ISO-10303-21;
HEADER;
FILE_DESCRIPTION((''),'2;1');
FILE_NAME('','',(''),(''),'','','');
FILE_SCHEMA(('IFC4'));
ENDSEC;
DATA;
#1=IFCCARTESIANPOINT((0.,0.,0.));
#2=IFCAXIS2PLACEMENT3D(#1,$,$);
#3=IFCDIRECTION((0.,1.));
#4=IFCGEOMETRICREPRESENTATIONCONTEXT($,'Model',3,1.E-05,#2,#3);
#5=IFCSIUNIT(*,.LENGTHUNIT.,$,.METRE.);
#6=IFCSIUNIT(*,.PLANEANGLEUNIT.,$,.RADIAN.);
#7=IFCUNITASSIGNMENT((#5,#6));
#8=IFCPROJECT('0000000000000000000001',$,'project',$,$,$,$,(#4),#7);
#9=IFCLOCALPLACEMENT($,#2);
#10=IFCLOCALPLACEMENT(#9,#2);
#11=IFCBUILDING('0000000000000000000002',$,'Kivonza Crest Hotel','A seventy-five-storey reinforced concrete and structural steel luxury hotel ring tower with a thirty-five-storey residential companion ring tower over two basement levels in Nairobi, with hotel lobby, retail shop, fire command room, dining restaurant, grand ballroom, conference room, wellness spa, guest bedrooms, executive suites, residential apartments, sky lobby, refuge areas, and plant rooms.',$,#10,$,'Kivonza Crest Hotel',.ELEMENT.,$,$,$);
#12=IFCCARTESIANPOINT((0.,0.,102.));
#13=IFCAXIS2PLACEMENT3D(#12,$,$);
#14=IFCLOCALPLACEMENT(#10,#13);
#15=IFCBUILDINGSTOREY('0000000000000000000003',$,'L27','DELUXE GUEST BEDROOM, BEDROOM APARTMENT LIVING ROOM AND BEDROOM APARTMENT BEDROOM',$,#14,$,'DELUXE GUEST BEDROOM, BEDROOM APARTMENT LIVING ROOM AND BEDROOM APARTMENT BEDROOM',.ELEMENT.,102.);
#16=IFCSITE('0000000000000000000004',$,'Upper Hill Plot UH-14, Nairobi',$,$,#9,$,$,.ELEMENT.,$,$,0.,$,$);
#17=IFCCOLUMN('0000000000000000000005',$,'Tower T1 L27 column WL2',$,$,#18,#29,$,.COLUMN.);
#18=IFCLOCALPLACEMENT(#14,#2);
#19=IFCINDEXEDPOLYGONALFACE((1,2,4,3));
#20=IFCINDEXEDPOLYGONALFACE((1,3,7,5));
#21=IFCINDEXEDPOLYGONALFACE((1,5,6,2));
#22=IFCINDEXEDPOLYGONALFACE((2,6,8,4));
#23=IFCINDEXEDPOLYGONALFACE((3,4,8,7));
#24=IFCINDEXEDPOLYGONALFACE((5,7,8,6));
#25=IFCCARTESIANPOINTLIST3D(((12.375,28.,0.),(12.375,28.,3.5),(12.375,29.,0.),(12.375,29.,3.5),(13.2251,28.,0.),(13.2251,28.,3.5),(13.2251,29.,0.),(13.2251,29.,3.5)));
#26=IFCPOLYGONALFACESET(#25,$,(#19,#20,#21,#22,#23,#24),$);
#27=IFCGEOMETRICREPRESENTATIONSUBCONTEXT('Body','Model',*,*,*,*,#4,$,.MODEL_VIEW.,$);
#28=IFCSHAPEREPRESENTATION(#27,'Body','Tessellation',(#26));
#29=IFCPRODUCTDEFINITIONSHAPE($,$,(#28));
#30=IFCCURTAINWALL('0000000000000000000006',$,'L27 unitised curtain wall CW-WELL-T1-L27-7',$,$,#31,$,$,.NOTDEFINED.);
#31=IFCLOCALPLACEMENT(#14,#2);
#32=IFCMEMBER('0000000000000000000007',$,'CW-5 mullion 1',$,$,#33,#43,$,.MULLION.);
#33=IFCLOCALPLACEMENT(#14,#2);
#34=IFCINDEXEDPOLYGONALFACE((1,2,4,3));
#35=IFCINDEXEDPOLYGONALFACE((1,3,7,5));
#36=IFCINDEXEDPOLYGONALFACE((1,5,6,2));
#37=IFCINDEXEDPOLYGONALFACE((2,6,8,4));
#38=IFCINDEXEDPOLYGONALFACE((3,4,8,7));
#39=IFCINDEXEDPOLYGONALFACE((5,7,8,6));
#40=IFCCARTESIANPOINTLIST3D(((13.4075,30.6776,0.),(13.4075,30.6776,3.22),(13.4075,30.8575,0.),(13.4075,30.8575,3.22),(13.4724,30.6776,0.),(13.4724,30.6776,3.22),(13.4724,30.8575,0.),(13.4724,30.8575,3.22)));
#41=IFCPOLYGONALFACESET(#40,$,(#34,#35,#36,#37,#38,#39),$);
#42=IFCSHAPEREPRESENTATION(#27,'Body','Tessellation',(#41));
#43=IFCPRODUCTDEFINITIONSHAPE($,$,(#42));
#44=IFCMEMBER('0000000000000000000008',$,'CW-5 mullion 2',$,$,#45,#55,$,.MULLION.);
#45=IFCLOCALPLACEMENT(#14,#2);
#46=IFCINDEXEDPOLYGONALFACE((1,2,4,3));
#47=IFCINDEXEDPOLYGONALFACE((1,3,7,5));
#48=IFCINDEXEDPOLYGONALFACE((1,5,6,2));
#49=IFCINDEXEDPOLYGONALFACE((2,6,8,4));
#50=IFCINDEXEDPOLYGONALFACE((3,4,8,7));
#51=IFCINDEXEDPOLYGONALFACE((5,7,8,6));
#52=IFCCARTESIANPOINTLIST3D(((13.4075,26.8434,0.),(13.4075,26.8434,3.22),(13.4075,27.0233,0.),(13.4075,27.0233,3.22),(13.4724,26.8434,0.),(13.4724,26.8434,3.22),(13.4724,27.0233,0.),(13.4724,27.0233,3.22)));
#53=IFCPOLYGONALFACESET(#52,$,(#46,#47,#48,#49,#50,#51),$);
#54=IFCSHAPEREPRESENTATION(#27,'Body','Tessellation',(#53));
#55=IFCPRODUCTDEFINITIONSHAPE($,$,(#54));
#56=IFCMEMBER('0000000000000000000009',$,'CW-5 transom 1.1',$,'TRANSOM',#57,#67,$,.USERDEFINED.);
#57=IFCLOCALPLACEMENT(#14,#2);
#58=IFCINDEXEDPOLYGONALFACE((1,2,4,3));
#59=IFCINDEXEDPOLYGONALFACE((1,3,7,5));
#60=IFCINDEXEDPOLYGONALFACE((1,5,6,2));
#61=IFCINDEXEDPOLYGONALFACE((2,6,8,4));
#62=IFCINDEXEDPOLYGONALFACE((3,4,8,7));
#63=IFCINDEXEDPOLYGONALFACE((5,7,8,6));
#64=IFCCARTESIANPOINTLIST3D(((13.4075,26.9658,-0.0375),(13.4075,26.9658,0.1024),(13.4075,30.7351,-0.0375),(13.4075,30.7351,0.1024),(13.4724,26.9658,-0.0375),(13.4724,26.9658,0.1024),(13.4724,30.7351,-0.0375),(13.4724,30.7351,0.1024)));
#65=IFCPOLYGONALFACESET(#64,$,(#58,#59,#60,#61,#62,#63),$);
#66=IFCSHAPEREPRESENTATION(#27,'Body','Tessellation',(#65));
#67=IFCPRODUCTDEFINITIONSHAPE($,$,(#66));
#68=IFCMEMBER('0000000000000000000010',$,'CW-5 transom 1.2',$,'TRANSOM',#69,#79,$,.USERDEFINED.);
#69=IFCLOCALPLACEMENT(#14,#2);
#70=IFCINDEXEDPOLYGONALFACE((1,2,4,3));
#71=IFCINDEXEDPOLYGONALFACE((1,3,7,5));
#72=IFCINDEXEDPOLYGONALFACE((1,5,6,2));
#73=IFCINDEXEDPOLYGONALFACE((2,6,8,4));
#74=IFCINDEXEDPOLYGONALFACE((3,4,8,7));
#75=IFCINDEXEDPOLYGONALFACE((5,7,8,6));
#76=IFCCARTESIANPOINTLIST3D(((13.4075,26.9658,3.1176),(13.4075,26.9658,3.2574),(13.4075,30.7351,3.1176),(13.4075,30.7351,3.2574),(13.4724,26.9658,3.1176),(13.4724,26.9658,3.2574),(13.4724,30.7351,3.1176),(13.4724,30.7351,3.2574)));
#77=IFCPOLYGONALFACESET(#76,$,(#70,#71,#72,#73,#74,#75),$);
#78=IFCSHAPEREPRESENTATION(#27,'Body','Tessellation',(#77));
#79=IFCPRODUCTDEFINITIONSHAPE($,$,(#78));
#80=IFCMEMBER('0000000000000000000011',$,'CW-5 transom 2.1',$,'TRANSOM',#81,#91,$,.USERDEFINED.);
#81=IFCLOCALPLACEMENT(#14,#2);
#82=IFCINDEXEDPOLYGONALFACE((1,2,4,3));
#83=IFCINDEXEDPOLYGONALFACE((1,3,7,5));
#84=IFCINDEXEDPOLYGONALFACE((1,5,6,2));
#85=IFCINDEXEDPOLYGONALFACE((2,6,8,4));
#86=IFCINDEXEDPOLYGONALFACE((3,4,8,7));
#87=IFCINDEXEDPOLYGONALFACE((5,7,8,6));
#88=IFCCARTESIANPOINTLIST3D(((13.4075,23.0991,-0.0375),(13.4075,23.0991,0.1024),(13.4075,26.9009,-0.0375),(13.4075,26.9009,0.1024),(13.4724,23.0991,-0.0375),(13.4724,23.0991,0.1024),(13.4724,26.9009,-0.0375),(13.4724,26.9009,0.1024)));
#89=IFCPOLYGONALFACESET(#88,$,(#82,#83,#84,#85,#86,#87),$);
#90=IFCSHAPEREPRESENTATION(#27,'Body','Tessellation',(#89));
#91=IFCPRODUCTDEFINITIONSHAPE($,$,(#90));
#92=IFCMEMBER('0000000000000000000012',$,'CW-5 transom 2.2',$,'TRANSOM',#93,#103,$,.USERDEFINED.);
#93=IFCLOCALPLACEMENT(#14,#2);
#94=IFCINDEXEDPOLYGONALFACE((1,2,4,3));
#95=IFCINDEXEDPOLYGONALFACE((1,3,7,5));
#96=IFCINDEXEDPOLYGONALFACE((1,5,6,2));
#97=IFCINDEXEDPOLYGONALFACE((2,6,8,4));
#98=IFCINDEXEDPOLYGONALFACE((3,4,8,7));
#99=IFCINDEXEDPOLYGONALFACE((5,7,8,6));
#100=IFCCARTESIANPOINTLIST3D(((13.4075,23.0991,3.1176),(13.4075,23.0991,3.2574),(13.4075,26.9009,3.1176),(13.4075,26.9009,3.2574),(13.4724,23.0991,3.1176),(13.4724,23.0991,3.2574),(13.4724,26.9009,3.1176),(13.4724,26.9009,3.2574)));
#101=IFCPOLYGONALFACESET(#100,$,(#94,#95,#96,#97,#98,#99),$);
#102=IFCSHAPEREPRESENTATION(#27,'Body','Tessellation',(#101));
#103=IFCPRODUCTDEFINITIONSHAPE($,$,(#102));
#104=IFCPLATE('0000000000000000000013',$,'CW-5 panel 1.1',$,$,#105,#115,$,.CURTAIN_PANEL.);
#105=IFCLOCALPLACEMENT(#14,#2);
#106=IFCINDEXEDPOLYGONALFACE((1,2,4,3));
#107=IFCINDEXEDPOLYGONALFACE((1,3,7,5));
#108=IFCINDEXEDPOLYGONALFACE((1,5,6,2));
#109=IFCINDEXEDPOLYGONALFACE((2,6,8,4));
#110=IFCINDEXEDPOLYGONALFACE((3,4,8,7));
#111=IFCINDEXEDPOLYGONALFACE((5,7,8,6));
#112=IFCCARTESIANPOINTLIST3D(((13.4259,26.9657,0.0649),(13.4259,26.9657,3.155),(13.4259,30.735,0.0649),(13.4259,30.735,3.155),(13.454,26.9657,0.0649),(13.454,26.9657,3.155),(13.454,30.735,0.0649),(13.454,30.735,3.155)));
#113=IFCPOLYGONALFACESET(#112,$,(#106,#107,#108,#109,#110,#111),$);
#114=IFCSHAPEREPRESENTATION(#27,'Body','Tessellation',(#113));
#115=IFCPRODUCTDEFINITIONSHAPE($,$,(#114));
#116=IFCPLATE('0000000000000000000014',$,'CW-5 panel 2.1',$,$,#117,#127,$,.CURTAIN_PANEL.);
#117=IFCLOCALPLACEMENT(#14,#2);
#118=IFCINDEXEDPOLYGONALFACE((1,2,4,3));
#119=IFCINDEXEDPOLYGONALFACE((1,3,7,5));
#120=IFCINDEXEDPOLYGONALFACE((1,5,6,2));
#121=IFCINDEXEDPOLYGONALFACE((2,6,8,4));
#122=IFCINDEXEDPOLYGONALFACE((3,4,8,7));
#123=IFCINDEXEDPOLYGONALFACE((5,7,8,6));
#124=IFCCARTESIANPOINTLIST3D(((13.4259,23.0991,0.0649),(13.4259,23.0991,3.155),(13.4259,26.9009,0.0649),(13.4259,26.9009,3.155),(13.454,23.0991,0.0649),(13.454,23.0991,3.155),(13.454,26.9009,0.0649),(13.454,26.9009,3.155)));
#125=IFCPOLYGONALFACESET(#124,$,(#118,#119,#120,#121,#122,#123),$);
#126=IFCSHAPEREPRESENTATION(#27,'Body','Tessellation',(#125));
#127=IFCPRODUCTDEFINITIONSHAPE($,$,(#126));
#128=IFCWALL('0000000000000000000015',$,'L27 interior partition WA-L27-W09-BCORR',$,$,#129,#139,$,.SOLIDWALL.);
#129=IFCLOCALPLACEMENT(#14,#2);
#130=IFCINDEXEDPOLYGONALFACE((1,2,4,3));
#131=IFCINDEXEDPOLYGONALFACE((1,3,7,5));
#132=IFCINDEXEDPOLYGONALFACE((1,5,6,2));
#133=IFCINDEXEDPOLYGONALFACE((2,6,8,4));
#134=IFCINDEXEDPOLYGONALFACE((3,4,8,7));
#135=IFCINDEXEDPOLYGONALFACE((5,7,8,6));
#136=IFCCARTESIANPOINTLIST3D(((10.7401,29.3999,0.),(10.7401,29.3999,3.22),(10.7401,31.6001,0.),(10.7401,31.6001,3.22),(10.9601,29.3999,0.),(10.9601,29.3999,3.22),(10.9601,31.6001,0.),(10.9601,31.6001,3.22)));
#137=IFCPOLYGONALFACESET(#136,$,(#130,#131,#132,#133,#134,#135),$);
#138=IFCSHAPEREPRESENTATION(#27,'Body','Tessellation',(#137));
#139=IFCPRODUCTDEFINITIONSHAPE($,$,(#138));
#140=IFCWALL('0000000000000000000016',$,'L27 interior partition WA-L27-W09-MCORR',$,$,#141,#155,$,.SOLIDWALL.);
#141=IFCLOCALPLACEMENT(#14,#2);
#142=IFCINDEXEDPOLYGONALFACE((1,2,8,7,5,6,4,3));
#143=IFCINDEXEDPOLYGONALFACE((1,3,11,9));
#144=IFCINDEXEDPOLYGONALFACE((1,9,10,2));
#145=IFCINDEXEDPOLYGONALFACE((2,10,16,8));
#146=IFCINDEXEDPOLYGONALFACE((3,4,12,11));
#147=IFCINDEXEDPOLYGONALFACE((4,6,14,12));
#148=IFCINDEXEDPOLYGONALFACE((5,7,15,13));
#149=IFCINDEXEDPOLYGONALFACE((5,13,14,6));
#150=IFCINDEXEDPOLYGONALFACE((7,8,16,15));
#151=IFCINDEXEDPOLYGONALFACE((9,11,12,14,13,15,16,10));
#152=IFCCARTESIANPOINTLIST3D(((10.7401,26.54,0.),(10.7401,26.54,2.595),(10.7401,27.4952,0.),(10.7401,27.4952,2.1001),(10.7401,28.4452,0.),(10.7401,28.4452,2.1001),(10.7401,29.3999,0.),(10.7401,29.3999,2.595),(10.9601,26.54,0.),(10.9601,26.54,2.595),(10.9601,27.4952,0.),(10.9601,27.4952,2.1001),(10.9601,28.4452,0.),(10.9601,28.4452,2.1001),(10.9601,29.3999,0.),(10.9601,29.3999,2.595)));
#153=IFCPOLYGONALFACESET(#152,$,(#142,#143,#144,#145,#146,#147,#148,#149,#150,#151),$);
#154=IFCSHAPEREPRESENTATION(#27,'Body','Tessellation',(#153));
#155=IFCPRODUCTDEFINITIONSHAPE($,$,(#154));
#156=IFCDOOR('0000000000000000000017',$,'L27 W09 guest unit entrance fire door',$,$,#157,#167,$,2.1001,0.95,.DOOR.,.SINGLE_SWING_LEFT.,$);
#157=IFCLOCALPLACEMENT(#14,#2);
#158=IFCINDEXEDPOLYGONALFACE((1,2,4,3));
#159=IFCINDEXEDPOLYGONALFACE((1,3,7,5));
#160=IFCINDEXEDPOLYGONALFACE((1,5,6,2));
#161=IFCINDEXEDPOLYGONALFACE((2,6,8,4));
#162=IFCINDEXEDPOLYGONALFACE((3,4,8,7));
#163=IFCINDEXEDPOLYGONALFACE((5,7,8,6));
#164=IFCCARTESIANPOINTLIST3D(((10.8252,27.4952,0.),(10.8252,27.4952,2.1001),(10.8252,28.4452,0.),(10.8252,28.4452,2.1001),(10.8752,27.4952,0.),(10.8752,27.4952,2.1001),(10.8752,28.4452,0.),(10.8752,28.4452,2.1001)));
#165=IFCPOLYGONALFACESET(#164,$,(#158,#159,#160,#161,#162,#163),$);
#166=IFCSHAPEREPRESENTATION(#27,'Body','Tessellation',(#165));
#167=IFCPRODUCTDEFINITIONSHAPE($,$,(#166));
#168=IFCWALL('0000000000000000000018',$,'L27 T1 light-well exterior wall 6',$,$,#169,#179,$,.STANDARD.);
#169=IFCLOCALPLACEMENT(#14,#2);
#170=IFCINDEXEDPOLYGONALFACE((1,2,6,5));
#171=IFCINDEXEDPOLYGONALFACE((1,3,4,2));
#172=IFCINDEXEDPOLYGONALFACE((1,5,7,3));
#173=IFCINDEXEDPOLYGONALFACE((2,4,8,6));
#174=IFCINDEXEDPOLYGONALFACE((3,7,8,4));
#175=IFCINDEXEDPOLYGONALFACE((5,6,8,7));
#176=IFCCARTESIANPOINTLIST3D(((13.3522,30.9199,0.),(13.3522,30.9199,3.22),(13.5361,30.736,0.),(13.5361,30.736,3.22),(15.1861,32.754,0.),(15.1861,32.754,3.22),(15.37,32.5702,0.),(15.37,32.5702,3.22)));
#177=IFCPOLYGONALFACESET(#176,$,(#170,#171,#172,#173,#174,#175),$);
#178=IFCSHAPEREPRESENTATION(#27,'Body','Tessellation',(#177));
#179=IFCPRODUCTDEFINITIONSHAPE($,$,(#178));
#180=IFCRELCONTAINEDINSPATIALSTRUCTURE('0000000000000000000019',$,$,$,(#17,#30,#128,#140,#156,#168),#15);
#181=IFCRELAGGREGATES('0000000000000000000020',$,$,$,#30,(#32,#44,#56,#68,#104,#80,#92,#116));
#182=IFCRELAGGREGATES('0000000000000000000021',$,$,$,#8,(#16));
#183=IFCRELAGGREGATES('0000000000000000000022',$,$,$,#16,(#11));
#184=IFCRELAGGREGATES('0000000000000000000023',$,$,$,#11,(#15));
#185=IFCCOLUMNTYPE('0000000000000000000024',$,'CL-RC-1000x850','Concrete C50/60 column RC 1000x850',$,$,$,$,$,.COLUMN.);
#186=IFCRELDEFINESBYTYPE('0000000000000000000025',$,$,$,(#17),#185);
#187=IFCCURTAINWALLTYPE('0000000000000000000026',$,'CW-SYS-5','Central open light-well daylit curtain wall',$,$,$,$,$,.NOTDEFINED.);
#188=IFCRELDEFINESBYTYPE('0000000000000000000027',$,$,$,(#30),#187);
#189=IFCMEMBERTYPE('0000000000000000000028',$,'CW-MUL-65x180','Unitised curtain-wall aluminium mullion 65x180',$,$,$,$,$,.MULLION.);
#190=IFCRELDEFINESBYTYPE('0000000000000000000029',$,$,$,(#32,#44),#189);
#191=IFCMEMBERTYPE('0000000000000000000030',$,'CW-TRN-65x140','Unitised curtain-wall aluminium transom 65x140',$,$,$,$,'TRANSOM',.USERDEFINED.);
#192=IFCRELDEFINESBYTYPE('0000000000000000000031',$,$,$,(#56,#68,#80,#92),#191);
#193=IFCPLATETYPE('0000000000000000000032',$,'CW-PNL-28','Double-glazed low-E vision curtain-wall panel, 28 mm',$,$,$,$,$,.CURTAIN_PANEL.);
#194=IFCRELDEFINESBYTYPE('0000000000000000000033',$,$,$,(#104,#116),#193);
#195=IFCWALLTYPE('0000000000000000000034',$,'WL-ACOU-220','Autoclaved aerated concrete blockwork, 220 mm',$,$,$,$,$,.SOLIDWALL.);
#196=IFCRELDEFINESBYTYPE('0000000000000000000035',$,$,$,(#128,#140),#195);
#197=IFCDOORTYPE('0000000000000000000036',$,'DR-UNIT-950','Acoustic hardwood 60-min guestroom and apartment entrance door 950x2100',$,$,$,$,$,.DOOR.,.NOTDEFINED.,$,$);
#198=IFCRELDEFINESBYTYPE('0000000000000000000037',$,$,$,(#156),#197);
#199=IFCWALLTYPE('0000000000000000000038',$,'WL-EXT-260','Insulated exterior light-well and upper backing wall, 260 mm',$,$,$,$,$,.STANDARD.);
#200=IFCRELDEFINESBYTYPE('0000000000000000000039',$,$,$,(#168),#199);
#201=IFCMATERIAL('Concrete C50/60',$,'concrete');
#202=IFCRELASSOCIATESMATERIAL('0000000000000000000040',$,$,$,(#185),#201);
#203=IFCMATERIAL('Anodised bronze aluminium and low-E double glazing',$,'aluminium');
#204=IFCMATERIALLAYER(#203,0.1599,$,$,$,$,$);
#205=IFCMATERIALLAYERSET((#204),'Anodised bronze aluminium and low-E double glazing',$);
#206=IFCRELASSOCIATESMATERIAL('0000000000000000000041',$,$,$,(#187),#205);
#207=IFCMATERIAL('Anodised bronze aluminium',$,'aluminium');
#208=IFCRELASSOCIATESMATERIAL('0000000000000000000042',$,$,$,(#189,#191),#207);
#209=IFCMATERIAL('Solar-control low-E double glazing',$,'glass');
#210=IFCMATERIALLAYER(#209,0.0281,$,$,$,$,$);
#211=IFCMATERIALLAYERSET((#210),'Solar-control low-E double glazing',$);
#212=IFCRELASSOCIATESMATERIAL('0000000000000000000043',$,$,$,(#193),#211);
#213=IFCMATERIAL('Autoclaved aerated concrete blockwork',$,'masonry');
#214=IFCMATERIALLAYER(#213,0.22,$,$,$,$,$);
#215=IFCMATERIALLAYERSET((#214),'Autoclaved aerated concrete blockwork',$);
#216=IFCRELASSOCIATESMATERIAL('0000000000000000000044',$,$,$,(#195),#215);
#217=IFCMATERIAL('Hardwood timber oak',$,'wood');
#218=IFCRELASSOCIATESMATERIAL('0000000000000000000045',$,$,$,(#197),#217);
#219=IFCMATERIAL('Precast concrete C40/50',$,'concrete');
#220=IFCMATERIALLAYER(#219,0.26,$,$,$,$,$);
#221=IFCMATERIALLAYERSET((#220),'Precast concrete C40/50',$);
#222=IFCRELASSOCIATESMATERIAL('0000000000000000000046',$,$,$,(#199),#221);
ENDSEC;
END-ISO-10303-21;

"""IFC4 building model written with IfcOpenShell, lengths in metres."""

from ifc_helpers import new_model, si_unit, direction, frame, frame_2d, origin, origin_2d, place, context, subcontext, project, spatial, rectangle, extrude, material, layer, layer_set, material_profile, profile_set, type_object, element, fill, aggregate, save


model = new_model("IFC4")

# Units and contexts
model_context = context("Model", 3, precision=1e-05, world=origin(), true_north=direction((0.0, 1.0)))
body_context = subcontext(model_context, "Body", "Model", "MODEL_VIEW")
ifc_project = project(units=[si_unit("LENGTHUNIT", "METRE"), si_unit("PLANEANGLEUNIT", "RADIAN")], contexts=[model_context])

# Site, building, storey
site_placement = place(None, origin())
site = spatial("IfcSite", under=ifc_project, at=site_placement, Name="Upper Hill Plot UH-14, Nairobi", CompositionType="ELEMENT", RefElevation=0.0)
building_placement = place(site_placement, origin())
building = spatial("IfcBuilding", under=site, at=building_placement, Name="Kivonza Crest Hotel", Description="A seventy-five-storey reinforced concrete and structural steel luxury hotel ring tower with a thirty-five-storey residential companion ring tower over two basement levels in Nairobi, with hotel lobby, retail shop, fire command room, dining restaurant, grand ballroom, conference room, wellness spa, guest bedrooms, executive suites, residential apartments, sky lobby, refuge areas, and plant rooms.", LongName="Kivonza Crest Hotel", CompositionType="ELEMENT")
storey_placement = place(building_placement, frame((0.0, 0.0, 102.0)))
storey = spatial("IfcBuildingStorey", under=building, at=storey_placement, Name="L27", Description="DELUXE GUEST BEDROOM, BEDROOM APARTMENT LIVING ROOM AND BEDROOM APARTMENT BEDROOM", LongName="DELUXE GUEST BEDROOM, BEDROOM APARTMENT LIVING ROOM AND BEDROOM APARTMENT BEDROOM", CompositionType="ELEMENT", Elevation=102.0)

# Column
ifc_material_1 = material(Name="Concrete C50/60", Category="concrete")
ifc_material_profile_1 = material_profile(ifc_material_1, rectangle(XDim=0.8501, YDim=1.0, at=origin_2d()), Name="RC 1000x850")
ifc_profile_set_1 = profile_set([ifc_material_profile_1], Name="Concrete C50/60")
column_type = type_object("IfcColumnType", Name="CL-RC-1000x850", Description="Concrete C50/60 column RC 1000x850", PredefinedType="COLUMN", material=ifc_profile_set_1)
column_placement = place(storey_placement, frame((12.8, 28.5, 0.0), z_axis=(0.0, 0.0, 1.0), x_axis=(1.0, 0.0, 0.0)))
element("IfcColumn", 1, at=column_placement, inside=storey, type_object=column_type, Name="Tower T1 L27 column WL2", PredefinedType="COLUMN", context=body_context, shape_type="SweptSolid", body=[
    extrude(rectangle(XDim=0.8501, YDim=1.0, at=origin_2d()), origin(), (0.0, 0.0, 1.0), 3.5),
])

# Curtain wall, members, plates
ifc_material_2 = material(Name="Anodised bronze aluminium and low-E double glazing", Category="aluminium")
ifc_layer_1 = layer(ifc_material_2, 0.1599)
ifc_layer_set_1 = layer_set([ifc_layer_1], Name="Anodised bronze aluminium and low-E double glazing")
curtain_wall_type = type_object("IfcCurtainWallType", Name="CW-SYS-5", Description="Central open light-well daylit curtain wall", PredefinedType="NOTDEFINED", material=ifc_layer_set_1)
curtain_wall_placement = place(storey_placement, origin())
curtain_wall = element("IfcCurtainWall", 2, at=curtain_wall_placement, inside=storey, type_object=curtain_wall_type, Name="L27 unitised curtain wall CW-WELL-T1-L27-7", PredefinedType="NOTDEFINED")
ifc_material_3 = material(Name="Anodised bronze aluminium", Category="aluminium")
ifc_material_profile_2 = material_profile(ifc_material_3, rectangle(XDim=0.0649, YDim=0.1799, at=origin_2d()), Name="CW-M 65x180")
ifc_profile_set_2 = profile_set([ifc_material_profile_2], Name="Anodised bronze aluminium")
member_type_1 = type_object("IfcMemberType", Name="CW-MUL-65x180", Description="Unitised curtain-wall aluminium mullion 65x180", PredefinedType="MULLION", material=ifc_profile_set_2)
member_1_placement = place(storey_placement, frame((13.4399, 30.7676, 0.0), z_axis=(0.0, 0.0, 1.0), x_axis=(1.0, 0.0, 0.0)))
member_1 = element("IfcMember", 3, at=member_1_placement, type_object=member_type_1, Name="CW-5 mullion 1", PredefinedType="MULLION", context=body_context, shape_type="SweptSolid", body=[
    extrude(rectangle(XDim=0.0649, YDim=0.1799, at=origin_2d()), origin(), (0.0, 0.0, 1.0), 3.22),
])
member_2_placement = place(storey_placement, frame((13.4399, 26.9333, 0.0), z_axis=(0.0, 0.0, 1.0), x_axis=(1.0, 0.0, 0.0)))
member_2 = element("IfcMember", 4, at=member_2_placement, type_object=member_type_1, Name="CW-5 mullion 2", PredefinedType="MULLION", context=body_context, shape_type="SweptSolid", body=[
    extrude(rectangle(XDim=0.0649, YDim=0.1799, at=origin_2d()), origin(), (0.0, 0.0, 1.0), 3.22),
])
ifc_material_profile_3 = material_profile(ifc_material_3, rectangle(XDim=0.0649, YDim=0.1399, at=origin_2d()), Name="CW-T 65x140")
ifc_profile_set_3 = profile_set([ifc_material_profile_3], Name="Anodised bronze aluminium")
member_type_2 = type_object("IfcMemberType", Name="CW-TRN-65x140", Description="Unitised curtain-wall aluminium transom 65x140", ElementType="TRANSOM", PredefinedType="USERDEFINED", material=ifc_profile_set_3)
member_3_placement = place(storey_placement, frame((13.4399, 30.7351, 0.0325), z_axis=(0.0, -1.0, 0.0), x_axis=(1.0, 0.0, 0.0)))
member_3 = element("IfcMember", 5, at=member_3_placement, type_object=member_type_2, Name="CW-5 transom 1.1", ObjectType="TRANSOM", PredefinedType="USERDEFINED", context=body_context, shape_type="SweptSolid", body=[
    extrude(rectangle(XDim=0.0649, YDim=0.1399, at=origin_2d()), origin(), (0.0, 0.0, 1.0), 3.7693),
])
member_4_placement = place(storey_placement, frame((13.4399, 30.7351, 3.1875), z_axis=(0.0, -1.0, 0.0), x_axis=(1.0, 0.0, 0.0)))
member_4 = element("IfcMember", 6, at=member_4_placement, type_object=member_type_2, Name="CW-5 transom 1.2", ObjectType="TRANSOM", PredefinedType="USERDEFINED", context=body_context, shape_type="SweptSolid", body=[
    extrude(rectangle(XDim=0.0649, YDim=0.1399, at=origin_2d()), origin(), (0.0, 0.0, 1.0), 3.7693),
])
member_5_placement = place(storey_placement, frame((13.4399, 26.9009, 0.0325), z_axis=(0.0, -1.0, 0.0), x_axis=(1.0, 0.0, 0.0)))
member_5 = element("IfcMember", 7, at=member_5_placement, type_object=member_type_2, Name="CW-5 transom 2.1", ObjectType="TRANSOM", PredefinedType="USERDEFINED", context=body_context, shape_type="SweptSolid", body=[
    extrude(rectangle(XDim=0.0649, YDim=0.1399, at=origin_2d()), origin(), (0.0, 0.0, 1.0), 3.8018),
])
member_6_placement = place(storey_placement, frame((13.4399, 26.9009, 3.1875), z_axis=(0.0, -1.0, 0.0), x_axis=(1.0, 0.0, 0.0)))
member_6 = element("IfcMember", 8, at=member_6_placement, type_object=member_type_2, Name="CW-5 transom 2.2", ObjectType="TRANSOM", PredefinedType="USERDEFINED", context=body_context, shape_type="SweptSolid", body=[
    extrude(rectangle(XDim=0.0649, YDim=0.1399, at=origin_2d()), origin(), (0.0, 0.0, 1.0), 3.8018),
])
ifc_material_4 = material(Name="Solar-control low-E double glazing", Category="glass")
ifc_layer_2 = layer(ifc_material_4, 0.0281)
ifc_layer_set_2 = layer_set([ifc_layer_2], Name="Solar-control low-E double glazing")
plate_type = type_object("IfcPlateType", Name="CW-PNL-28", Description="Double-glazed low-E vision curtain-wall panel, 28 mm", PredefinedType="CURTAIN_PANEL", material=ifc_layer_set_2)
plate_1_placement = place(storey_placement, frame((13.4399, 28.8503, 0.0649), z_axis=(0.0, 0.0, 1.0), x_axis=(0.0, -1.0, 0.0)))
plate_1 = element("IfcPlate", 9, at=plate_1_placement, type_object=plate_type, Name="CW-5 panel 1.1", PredefinedType="CURTAIN_PANEL", context=body_context, shape_type="SweptSolid", body=[
    extrude(rectangle(XDim=3.7693, YDim=0.0281, at=origin_2d()), origin(), (0.0, 0.0, 1.0), 3.0901),
])
plate_2_placement = place(storey_placement, frame((13.4399, 25.0, 0.0649), z_axis=(0.0, 0.0, 1.0), x_axis=(0.0, -1.0, 0.0)))
plate_2 = element("IfcPlate", 10, at=plate_2_placement, type_object=plate_type, Name="CW-5 panel 2.1", PredefinedType="CURTAIN_PANEL", context=body_context, shape_type="SweptSolid", body=[
    extrude(rectangle(XDim=3.8018, YDim=0.0281, at=origin_2d()), origin(), (0.0, 0.0, 1.0), 3.0901),
])
aggregate(curtain_wall, [member_1, member_2, member_3, member_4, plate_1, member_5, member_6, plate_2])

# Wall
ifc_material_5 = material(Name="Autoclaved aerated concrete blockwork", Category="masonry")
ifc_layer_3 = layer(ifc_material_5, 0.22)
ifc_layer_set_3 = layer_set([ifc_layer_3], Name="Autoclaved aerated concrete blockwork")
wall_type_1 = type_object("IfcWallType", Name="WL-ACOU-220", Description="Autoclaved aerated concrete blockwork, 220 mm", PredefinedType="SOLIDWALL", material=ifc_layer_set_3)
wall_1_placement = place(storey_placement, frame((10.8501, 29.3999, 0.0), z_axis=(0.0, 0.0, 1.0), x_axis=(0.0, 1.0, 0.0)))
element("IfcWall", 11, at=wall_1_placement, inside=storey, type_object=wall_type_1, Name="L27 interior partition WA-L27-W09-BCORR", PredefinedType="SOLIDWALL", context=body_context, shape_type="SweptSolid", body=[
    extrude(rectangle(XDim=2.2002, YDim=0.22, at=frame_2d((1.1001, 0.0))), origin(), (0.0, 0.0, 1.0), 3.22),
])

# Wall, opening, door
wall_2_placement = place(storey_placement, frame((10.8501, 26.54, 0.0), z_axis=(0.0, 0.0, 1.0), x_axis=(0.0, 1.0, 0.0)))
wall_2 = element("IfcWall", 12, at=wall_2_placement, inside=storey, type_object=wall_type_1, Name="L27 interior partition WA-L27-W09-MCORR", PredefinedType="SOLIDWALL", context=body_context, shape_type="SweptSolid", body=[
    extrude(rectangle(XDim=2.8599, YDim=0.22, at=frame_2d((1.4299, 0.0))), origin(), (0.0, 0.0, 1.0), 2.595),
])
opening_1_placement = place(wall_2_placement, frame((0.9551, 0.0, 0.0)))
opening_1 = element("IfcOpeningElement", 13, at=opening_1_placement, cuts=wall_2, PredefinedType="OPENING", context=body_context, shape_type="SweptSolid", body=[
    extrude(rectangle(XDim=0.95, YDim=2.1001, at=frame_2d((0.4751, 1.05))), frame((0.0, 0.1201, 0.0), z_axis=(0.0, -1.0, 0.0), x_axis=(1.0, 0.0, 0.0)), (0.0, 0.0, 1.0), 0.24),
])
ifc_material_6 = material(Name="Hardwood timber oak", Category="wood")
door_type_1 = type_object("IfcDoorType", Name="DR-UNIT-950", Description="Acoustic hardwood 60-min guestroom and apartment entrance door 950x2100", OperationType="NOTDEFINED", PredefinedType="DOOR", material=ifc_material_6)
door_1_placement = place(opening_1_placement, origin())
door_1 = element("IfcDoor", 14, at=door_1_placement, inside=storey, type_object=door_type_1, Name="L27 W09 guest unit entrance fire door", OperationType="SINGLE_SWING_LEFT", OverallHeight=2.1001, OverallWidth=0.95, PredefinedType="DOOR", context=body_context, shape_type="SweptSolid", body=[
    extrude(rectangle(XDim=0.95, YDim=2.1001, at=frame_2d((0.4751, 1.05))), frame((0.0, 0.0249, 0.0), z_axis=(0.0, -1.0, 0.0), x_axis=(1.0, 0.0, 0.0)), (0.0, 0.0, 1.0), 0.05),
])
fill(opening_1, door_1)

# Wall
ifc_material_7 = material(Name="Precast concrete C40/50", Category="concrete")
ifc_layer_4 = layer(ifc_material_7, 0.26)
ifc_layer_set_4 = layer_set([ifc_layer_4], Name="Precast concrete C40/50")
wall_type_2 = type_object("IfcWallType", Name="WL-EXT-260", Description="Insulated exterior light-well and upper backing wall, 260 mm", PredefinedType="STANDARD", material=ifc_layer_set_4)
wall_3_placement = place(storey_placement, frame((15.2781, 32.6621, 0.0), z_axis=(0.0, 0.0, 1.0), x_axis=(-0.70706, -0.707154, 0.0)))
element("IfcWall", 15, at=wall_3_placement, inside=storey, type_object=wall_type_2, Name="L27 T1 light-well exterior wall 6", PredefinedType="STANDARD", context=body_context, shape_type="SweptSolid", body=[
    extrude(rectangle(XDim=2.5938, YDim=0.26, at=frame_2d((1.2969, 0.0))), origin(), (0.0, 0.0, 1.0), 3.22),
])

save(model, "model.ifc")
